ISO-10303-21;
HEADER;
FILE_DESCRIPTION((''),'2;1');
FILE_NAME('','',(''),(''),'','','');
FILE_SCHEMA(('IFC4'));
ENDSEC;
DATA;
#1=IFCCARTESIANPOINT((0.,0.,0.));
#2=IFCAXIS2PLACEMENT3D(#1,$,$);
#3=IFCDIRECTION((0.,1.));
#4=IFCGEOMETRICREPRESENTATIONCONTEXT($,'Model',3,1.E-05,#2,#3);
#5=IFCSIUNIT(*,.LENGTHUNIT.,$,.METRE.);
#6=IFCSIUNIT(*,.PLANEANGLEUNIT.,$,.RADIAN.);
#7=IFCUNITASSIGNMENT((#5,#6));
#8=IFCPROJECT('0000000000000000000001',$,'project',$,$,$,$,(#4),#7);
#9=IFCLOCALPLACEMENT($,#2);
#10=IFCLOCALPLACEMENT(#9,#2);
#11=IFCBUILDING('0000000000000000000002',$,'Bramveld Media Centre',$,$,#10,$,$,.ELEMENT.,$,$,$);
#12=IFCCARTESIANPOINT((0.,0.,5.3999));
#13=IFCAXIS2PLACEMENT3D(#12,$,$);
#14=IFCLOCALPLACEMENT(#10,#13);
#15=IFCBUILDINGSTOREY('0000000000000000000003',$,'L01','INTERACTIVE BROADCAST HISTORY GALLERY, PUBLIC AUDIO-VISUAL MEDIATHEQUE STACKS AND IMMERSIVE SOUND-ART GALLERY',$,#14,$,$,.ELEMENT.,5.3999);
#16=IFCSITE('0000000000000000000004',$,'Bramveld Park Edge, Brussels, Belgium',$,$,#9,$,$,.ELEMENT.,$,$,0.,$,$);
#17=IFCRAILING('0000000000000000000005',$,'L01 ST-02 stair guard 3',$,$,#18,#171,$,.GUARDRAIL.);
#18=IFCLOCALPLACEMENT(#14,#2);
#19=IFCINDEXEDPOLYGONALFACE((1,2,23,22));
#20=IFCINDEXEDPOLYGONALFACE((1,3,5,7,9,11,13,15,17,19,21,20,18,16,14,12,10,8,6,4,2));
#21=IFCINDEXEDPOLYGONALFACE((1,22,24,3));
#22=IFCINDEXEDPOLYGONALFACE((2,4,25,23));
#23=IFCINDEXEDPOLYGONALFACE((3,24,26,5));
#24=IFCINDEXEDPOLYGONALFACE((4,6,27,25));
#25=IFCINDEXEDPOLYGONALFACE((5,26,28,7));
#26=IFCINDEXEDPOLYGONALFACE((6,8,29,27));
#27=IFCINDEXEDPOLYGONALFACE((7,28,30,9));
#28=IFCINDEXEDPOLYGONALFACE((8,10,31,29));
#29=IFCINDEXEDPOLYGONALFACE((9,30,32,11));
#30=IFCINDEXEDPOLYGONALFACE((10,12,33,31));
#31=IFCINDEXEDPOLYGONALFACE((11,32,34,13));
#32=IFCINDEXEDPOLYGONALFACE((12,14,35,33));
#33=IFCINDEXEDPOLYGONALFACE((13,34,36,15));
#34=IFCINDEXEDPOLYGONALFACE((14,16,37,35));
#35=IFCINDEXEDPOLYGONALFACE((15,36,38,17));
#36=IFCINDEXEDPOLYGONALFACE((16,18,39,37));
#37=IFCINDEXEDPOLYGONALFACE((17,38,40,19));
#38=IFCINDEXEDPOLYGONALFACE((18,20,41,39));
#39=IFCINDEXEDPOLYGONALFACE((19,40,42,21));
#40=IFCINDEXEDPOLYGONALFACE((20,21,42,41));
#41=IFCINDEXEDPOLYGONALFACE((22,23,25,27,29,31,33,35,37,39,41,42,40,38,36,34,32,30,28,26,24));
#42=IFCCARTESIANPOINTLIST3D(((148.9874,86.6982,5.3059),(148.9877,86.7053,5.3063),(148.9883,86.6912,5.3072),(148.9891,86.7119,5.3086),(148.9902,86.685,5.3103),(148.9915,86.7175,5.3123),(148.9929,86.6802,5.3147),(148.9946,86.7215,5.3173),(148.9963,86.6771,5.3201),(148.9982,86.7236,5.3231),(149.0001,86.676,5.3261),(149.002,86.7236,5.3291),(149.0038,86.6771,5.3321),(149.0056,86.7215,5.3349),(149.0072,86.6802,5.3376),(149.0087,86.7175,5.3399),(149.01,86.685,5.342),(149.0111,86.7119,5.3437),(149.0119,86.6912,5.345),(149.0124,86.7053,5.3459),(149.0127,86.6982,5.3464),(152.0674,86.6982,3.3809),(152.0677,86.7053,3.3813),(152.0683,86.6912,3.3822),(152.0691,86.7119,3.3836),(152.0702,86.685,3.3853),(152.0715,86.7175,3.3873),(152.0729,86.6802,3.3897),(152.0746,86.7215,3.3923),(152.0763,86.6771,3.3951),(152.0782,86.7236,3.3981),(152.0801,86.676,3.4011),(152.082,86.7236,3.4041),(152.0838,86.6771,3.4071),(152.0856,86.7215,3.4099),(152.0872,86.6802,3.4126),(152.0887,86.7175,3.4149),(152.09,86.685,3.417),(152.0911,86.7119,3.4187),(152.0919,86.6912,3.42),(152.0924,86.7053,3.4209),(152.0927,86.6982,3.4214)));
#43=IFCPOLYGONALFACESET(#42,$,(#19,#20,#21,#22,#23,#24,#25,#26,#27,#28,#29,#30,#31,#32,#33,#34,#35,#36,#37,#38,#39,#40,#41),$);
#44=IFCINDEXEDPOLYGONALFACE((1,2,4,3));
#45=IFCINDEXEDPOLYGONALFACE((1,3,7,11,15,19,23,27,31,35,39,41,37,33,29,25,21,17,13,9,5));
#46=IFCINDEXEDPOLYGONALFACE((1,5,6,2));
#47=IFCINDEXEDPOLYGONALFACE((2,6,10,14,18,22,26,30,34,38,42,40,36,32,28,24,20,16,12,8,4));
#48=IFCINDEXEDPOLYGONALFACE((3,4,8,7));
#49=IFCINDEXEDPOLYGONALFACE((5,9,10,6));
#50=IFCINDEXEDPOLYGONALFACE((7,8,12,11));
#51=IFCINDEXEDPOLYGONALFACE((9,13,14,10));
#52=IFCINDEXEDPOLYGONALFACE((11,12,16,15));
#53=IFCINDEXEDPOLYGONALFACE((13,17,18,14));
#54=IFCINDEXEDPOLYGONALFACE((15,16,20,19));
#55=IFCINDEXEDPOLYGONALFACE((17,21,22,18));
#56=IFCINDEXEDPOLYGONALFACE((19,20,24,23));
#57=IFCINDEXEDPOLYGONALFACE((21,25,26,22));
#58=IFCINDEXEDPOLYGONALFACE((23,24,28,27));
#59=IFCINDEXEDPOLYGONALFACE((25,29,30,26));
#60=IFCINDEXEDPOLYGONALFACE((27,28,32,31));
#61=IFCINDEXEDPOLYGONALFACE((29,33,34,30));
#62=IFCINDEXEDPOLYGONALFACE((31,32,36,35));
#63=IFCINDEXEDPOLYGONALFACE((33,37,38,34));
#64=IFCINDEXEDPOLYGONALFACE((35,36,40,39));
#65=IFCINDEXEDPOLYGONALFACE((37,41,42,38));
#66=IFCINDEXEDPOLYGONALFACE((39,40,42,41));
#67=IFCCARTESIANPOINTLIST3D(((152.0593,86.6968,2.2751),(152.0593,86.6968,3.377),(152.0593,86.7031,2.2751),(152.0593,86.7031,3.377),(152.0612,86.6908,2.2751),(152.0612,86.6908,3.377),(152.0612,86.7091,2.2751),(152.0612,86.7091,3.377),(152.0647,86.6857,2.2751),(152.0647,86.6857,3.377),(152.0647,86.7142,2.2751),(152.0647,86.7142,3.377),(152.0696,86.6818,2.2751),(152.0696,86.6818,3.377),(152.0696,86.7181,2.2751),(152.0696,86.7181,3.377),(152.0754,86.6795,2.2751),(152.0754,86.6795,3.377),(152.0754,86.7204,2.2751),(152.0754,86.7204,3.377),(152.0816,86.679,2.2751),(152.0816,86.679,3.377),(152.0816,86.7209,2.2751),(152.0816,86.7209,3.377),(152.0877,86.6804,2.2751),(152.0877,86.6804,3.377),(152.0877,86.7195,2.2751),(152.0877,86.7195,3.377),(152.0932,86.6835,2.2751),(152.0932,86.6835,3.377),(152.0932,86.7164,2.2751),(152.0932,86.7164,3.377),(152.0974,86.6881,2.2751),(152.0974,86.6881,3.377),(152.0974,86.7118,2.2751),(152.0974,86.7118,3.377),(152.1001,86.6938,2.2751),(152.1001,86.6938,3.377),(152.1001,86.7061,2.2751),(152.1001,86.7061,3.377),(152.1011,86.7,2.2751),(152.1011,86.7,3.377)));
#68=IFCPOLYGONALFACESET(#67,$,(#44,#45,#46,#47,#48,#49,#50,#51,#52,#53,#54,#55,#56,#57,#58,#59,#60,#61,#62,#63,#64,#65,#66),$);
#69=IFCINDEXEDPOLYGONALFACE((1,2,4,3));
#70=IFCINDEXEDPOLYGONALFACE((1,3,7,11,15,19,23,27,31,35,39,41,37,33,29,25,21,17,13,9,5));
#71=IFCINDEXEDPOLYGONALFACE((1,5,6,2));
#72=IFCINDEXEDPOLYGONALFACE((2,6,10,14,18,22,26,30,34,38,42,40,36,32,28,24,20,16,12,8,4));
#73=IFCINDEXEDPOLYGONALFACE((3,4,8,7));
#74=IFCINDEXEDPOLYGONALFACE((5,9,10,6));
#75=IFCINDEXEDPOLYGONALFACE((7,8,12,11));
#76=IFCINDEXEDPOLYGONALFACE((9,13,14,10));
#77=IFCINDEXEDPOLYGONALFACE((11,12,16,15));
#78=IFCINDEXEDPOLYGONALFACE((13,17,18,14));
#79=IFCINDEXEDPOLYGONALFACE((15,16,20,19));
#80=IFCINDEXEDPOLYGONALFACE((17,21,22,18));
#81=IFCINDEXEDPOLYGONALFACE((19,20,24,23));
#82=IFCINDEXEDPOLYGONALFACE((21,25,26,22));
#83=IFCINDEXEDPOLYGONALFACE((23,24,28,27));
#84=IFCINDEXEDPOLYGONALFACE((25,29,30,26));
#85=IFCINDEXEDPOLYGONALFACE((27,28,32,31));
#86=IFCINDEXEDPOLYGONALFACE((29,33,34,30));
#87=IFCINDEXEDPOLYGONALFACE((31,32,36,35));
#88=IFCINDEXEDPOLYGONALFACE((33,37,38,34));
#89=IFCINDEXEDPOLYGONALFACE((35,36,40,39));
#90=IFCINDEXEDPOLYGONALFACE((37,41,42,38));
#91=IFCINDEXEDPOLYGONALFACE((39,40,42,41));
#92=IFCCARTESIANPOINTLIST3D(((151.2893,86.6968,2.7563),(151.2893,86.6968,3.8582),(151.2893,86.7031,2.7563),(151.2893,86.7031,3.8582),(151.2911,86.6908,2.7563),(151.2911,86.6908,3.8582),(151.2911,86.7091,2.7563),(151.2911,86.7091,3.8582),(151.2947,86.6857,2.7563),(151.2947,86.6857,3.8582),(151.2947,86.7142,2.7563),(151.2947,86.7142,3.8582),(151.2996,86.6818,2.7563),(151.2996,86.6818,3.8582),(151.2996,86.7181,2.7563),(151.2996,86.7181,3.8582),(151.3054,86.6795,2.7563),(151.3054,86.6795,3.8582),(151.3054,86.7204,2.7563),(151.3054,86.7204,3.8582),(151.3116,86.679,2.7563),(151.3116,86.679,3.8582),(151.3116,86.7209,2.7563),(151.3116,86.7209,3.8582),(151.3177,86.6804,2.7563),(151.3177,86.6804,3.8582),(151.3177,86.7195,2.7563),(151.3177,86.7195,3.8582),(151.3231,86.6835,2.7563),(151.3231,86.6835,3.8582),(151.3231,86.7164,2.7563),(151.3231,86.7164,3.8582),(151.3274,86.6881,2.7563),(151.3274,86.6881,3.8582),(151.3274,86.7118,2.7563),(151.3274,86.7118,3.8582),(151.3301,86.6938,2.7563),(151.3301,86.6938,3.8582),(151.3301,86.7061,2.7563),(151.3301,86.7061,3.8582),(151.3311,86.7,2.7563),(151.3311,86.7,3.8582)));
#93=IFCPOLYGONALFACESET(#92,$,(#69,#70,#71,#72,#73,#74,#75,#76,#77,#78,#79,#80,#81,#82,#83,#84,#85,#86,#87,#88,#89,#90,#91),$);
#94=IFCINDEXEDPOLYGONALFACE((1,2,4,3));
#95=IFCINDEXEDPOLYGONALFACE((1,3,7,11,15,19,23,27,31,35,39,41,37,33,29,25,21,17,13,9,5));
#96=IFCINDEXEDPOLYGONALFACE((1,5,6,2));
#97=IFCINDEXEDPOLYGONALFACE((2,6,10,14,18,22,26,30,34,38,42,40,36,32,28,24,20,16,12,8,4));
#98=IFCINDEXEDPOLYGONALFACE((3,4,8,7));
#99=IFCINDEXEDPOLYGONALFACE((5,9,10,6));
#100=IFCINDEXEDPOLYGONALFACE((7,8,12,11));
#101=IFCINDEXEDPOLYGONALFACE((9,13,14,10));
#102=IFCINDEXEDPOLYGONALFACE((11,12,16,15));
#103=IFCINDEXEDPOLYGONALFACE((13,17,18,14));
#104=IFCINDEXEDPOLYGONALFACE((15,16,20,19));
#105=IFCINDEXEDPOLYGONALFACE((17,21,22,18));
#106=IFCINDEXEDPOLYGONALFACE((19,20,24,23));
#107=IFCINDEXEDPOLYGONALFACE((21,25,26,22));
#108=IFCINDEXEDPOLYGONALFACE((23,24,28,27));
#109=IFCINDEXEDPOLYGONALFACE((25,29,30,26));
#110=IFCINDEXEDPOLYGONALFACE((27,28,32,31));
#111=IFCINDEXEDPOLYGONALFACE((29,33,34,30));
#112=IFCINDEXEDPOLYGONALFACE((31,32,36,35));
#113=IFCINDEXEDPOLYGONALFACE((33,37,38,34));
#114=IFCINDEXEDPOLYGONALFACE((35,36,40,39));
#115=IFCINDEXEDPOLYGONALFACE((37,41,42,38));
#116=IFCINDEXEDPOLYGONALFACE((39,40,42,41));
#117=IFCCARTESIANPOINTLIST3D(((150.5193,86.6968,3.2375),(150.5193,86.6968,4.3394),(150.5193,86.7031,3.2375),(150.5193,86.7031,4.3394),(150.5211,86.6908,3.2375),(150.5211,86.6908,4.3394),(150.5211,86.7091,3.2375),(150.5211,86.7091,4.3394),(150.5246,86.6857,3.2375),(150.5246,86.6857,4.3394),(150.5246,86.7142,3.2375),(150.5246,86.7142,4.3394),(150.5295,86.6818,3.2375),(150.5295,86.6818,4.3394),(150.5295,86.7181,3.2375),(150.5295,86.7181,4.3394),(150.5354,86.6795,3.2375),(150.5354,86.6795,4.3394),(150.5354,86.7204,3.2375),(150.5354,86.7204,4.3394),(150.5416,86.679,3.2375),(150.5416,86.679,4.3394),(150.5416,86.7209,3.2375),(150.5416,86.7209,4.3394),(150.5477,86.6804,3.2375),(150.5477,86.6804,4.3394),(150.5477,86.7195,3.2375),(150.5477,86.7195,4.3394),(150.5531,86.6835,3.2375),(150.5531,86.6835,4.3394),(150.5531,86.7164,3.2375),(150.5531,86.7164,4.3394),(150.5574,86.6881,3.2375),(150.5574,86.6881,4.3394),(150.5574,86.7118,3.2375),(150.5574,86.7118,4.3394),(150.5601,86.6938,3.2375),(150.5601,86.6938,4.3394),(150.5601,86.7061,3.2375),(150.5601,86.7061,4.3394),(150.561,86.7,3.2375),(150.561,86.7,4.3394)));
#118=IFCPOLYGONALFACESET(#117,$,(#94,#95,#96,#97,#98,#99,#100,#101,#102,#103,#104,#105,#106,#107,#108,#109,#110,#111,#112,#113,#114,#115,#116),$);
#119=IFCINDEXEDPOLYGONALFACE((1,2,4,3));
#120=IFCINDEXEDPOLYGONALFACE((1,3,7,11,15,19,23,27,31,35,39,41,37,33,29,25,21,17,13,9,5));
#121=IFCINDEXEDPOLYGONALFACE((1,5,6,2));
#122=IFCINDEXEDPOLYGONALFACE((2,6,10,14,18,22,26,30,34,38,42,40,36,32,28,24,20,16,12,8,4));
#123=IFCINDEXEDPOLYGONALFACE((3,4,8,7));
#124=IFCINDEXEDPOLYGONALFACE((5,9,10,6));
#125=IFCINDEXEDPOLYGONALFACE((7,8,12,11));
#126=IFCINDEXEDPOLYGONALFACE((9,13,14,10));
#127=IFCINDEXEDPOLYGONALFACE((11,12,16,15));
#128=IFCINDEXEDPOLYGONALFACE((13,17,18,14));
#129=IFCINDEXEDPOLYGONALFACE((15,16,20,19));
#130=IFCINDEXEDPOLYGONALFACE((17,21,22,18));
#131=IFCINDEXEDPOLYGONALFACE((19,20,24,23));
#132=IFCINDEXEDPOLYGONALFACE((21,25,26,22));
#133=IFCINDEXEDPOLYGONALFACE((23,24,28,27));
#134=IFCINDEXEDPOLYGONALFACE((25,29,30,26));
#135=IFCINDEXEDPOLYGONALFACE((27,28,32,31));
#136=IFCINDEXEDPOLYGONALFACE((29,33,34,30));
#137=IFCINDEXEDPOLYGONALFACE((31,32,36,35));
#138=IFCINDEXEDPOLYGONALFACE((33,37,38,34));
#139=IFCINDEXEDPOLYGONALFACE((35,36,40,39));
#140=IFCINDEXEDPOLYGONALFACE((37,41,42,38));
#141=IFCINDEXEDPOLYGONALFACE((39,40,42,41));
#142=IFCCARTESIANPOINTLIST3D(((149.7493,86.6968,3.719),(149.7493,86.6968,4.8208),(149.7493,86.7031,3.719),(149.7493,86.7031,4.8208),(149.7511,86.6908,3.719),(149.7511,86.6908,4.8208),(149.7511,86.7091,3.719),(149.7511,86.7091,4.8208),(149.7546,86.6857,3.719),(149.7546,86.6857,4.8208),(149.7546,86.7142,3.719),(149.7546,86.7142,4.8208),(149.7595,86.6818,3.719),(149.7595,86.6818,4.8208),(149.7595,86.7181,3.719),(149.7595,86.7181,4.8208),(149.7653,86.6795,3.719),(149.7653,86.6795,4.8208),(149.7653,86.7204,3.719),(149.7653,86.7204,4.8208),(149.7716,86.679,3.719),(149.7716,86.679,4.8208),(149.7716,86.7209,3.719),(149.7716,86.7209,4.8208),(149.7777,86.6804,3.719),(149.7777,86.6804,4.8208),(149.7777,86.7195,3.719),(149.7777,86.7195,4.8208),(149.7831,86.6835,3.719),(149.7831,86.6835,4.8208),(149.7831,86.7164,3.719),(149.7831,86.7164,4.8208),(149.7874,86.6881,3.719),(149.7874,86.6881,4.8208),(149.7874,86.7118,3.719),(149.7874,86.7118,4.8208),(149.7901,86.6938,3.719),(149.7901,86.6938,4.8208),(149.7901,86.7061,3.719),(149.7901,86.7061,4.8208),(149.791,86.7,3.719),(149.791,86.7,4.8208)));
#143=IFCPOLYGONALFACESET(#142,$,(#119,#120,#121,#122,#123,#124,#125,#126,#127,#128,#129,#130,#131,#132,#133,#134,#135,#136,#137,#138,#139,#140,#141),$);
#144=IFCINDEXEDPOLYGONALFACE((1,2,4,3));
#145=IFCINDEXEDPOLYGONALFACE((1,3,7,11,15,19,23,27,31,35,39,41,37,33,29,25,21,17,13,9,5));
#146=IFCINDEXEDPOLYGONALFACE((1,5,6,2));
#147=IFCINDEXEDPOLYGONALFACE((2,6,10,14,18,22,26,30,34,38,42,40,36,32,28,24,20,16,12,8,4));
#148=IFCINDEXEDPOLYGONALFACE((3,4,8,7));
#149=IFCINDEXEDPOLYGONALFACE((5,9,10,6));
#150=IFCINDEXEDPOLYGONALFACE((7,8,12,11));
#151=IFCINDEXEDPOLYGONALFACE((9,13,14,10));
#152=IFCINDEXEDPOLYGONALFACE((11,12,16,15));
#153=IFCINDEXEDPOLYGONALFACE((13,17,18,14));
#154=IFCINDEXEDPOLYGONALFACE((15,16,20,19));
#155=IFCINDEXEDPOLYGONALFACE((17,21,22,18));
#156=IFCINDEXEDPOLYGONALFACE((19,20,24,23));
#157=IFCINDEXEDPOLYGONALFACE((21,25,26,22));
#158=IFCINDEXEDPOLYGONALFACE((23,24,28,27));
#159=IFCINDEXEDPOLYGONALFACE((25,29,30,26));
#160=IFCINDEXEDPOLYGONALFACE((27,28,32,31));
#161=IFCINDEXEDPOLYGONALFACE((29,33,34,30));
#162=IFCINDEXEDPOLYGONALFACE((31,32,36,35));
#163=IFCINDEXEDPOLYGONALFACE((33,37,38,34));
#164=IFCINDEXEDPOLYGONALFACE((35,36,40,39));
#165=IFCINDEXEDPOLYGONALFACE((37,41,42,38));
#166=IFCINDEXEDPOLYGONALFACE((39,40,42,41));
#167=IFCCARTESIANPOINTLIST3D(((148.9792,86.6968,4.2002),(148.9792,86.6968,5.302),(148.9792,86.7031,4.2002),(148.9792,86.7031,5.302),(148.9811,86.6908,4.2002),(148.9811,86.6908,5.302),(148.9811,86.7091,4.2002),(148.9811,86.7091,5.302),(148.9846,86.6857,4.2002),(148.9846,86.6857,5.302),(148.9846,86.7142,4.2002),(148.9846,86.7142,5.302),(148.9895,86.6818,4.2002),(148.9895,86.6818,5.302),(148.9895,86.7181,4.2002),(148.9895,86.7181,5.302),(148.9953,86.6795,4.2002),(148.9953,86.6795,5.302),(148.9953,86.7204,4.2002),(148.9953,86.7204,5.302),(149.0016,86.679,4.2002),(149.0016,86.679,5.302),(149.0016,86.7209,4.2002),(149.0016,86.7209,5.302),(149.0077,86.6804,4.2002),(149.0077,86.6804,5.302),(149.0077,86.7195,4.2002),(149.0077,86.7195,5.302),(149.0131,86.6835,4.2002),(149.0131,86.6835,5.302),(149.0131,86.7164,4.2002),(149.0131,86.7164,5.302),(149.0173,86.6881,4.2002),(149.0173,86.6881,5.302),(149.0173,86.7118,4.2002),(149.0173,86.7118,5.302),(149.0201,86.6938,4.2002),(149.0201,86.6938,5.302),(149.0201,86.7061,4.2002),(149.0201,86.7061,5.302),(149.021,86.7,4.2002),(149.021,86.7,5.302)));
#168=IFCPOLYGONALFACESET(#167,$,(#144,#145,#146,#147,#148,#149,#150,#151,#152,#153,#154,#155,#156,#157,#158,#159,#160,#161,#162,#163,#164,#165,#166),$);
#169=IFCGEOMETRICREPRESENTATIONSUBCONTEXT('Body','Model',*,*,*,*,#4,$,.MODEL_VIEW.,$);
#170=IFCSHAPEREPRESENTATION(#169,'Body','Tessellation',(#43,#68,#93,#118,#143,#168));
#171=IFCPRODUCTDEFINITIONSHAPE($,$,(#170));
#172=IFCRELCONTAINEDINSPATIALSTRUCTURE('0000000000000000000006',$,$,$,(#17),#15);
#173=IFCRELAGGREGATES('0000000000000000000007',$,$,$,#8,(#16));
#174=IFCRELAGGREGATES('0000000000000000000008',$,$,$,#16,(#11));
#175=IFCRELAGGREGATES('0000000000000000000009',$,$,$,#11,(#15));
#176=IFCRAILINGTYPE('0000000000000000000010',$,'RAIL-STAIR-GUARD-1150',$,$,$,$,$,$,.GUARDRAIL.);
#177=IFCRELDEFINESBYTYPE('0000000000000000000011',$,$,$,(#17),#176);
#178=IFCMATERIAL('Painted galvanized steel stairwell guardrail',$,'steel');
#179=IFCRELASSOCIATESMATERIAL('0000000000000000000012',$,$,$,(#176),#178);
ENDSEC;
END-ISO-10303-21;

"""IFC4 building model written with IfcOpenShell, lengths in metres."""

from ifc_helpers import new_model, si_unit, direction, frame, origin, origin_2d, place, context, subcontext, project, spatial, circle, extrude, material, type_object, element, save


model = new_model("IFC4")

# Units and contexts
model_context = context("Model", 3, precision=1e-05, world=origin(), true_north=direction((0.0, 1.0)))
body_context = subcontext(model_context, "Body", "Model", "MODEL_VIEW")
ifc_project = project(units=[si_unit("LENGTHUNIT", "METRE"), si_unit("PLANEANGLEUNIT", "RADIAN")], contexts=[model_context])

# Site, building, storey
site_placement = place(None, origin())
site = spatial("IfcSite", under=ifc_project, at=site_placement, Name="Bramveld Park Edge, Brussels, Belgium", CompositionType="ELEMENT", RefElevation=0.0)
building_placement = place(site_placement, origin())
building = spatial("IfcBuilding", under=site, at=building_placement, Name="Bramveld Media Centre", CompositionType="ELEMENT")
storey_placement = place(building_placement, frame((0.0, 0.0, 5.3999)))
storey = spatial("IfcBuildingStorey", under=building, at=storey_placement, Name="L01", Description="INTERACTIVE BROADCAST HISTORY GALLERY, PUBLIC AUDIO-VISUAL MEDIATHEQUE STACKS AND IMMERSIVE SOUND-ART GALLERY", CompositionType="ELEMENT", Elevation=5.3999)

# Railing
ifc_material_1 = material(Name="Painted galvanized steel stairwell guardrail", Category="steel")
railing_type_1 = type_object("IfcRailingType", Name="RAIL-STAIR-GUARD-1150", PredefinedType="GUARDRAIL", material=ifc_material_1)
railing_1_placement = place(storey_placement, frame((152.0801, 86.7, 2.2751)))
element("IfcRailing", 1, at=railing_1_placement, inside=storey, type_object=railing_type_1, Name="L01 ST-02 stair guard 3", PredefinedType="GUARDRAIL", context=body_context, shape_type="SweptSolid", body=[
    extrude(circle(Radius=0.0239, at=origin_2d()), frame((0.0, 0.0, 1.126), z_axis=(-0.847998, 0.0, 0.529999), x_axis=(0.0, -1.0, 0.0)), (0.0, 0.0, 1.0), 3.6321),
    extrude(circle(Radius=0.021, at=origin_2d()), origin(), (0.0, 0.0, 1.0), 1.1018),
    extrude(circle(Radius=0.021, at=origin_2d()), frame((-0.77, 0.0, 0.4812)), (0.0, 0.0, 1.0), 1.1018),
    extrude(circle(Radius=0.021, at=origin_2d()), frame((-1.54, 0.0, 0.9624)), (0.0, 0.0, 1.0), 1.1018),
    extrude(circle(Radius=0.021, at=origin_2d()), frame((-2.3101, 0.0, 1.4438)), (0.0, 0.0, 1.0), 1.1018),
    extrude(circle(Radius=0.021, at=origin_2d()), frame((-3.0801, 0.0, 1.925)), (0.0, 0.0, 1.0), 1.1018),
])

save(model, "model.ifc")
